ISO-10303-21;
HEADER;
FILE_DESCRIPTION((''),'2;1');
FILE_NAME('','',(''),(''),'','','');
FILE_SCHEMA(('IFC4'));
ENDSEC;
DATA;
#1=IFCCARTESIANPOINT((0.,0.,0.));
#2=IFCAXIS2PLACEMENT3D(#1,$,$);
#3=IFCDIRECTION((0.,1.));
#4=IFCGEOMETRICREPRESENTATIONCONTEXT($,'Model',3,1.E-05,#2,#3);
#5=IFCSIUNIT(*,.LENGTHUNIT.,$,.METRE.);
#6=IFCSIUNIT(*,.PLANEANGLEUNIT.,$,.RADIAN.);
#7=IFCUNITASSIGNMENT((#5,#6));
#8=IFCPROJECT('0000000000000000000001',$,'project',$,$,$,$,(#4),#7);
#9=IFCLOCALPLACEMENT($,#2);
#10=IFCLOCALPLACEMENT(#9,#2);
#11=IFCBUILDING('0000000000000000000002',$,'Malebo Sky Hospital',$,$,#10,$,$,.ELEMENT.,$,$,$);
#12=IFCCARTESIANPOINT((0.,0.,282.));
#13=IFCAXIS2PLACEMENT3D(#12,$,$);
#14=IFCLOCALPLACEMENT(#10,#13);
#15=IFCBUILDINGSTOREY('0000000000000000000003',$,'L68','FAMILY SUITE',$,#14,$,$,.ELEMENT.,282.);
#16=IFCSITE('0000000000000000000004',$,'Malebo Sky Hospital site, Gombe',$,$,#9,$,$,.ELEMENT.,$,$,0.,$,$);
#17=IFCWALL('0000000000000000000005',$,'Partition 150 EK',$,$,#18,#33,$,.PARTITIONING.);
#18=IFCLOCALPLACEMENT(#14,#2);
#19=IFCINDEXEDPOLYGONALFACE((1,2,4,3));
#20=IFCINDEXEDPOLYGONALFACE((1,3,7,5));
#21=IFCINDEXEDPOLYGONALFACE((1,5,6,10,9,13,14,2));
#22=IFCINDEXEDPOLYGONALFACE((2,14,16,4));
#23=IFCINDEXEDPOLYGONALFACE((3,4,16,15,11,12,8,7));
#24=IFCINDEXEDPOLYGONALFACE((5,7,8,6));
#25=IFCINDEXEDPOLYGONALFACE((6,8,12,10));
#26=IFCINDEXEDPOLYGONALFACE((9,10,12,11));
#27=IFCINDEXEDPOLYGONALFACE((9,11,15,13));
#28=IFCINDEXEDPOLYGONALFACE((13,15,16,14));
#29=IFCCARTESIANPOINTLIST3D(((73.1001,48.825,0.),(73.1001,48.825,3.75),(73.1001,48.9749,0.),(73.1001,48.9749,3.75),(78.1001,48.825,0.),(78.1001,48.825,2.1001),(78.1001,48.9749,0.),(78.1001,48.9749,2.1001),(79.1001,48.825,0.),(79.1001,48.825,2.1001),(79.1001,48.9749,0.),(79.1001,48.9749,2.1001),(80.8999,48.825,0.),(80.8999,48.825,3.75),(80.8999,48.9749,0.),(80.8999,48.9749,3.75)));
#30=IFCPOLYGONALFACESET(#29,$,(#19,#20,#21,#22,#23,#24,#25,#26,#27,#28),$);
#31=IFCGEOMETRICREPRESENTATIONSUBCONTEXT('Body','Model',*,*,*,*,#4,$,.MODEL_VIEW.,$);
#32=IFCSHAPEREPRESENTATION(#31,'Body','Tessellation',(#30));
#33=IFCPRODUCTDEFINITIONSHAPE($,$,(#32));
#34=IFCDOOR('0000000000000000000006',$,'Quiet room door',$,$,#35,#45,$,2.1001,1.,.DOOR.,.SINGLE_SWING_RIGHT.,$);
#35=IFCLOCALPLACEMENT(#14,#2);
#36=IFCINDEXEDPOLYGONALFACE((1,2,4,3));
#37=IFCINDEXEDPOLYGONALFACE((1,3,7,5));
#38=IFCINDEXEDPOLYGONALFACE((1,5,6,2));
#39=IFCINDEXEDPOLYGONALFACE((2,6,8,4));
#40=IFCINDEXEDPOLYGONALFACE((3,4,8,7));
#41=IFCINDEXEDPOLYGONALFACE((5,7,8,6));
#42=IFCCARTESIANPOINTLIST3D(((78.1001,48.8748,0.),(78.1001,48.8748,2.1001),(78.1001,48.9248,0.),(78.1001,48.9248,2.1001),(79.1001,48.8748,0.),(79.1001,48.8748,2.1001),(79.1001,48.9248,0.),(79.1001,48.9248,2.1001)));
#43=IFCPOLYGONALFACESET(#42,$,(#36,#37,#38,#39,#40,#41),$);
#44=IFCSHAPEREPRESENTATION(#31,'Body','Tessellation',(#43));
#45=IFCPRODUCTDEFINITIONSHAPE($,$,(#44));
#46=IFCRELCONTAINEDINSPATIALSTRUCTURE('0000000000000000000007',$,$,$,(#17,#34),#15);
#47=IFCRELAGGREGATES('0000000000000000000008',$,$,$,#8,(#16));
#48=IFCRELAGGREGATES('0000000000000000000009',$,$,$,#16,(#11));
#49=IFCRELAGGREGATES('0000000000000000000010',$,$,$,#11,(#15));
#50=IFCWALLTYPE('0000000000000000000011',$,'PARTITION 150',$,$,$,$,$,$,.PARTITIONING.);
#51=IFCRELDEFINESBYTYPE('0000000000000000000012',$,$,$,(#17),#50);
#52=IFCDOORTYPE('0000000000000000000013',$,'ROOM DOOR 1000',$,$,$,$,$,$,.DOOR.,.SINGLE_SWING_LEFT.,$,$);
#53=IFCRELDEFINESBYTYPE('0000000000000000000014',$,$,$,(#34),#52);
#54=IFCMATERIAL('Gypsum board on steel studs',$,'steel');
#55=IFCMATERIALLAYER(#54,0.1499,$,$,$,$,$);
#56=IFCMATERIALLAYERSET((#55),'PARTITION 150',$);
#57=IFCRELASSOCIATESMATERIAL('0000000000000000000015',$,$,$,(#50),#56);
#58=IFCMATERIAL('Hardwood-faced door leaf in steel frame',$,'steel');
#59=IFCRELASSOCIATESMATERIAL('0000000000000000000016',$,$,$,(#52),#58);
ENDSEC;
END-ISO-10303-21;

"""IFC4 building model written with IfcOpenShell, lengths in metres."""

from ifc_helpers import new_model, si_unit, direction, frame, frame_2d, origin, place, context, subcontext, project, spatial, rectangle, extrude, material, layer, layer_set, type_object, element, fill, save


model = new_model("IFC4")

# Units and contexts
model_context = context("Model", 3, precision=1e-05, world=origin(), true_north=direction((0.0, 1.0)))
body_context = subcontext(model_context, "Body", "Model", "MODEL_VIEW")
ifc_project = project(units=[si_unit("LENGTHUNIT", "METRE"), si_unit("PLANEANGLEUNIT", "RADIAN")], contexts=[model_context])

# Site, building, storey
site_placement = place(None, origin())
site = spatial("IfcSite", under=ifc_project, at=site_placement, Name="Malebo Sky Hospital site, Gombe", CompositionType="ELEMENT", RefElevation=0.0)
building_placement = place(site_placement, origin())
building = spatial("IfcBuilding", under=site, at=building_placement, Name="Malebo Sky Hospital", CompositionType="ELEMENT")
storey_placement = place(building_placement, frame((0.0, 0.0, 282.0)))
storey = spatial("IfcBuildingStorey", under=building, at=storey_placement, Name="L68", Description="FAMILY SUITE", CompositionType="ELEMENT", Elevation=282.0)

# Shared definitions
ifc_material_1 = material(Name="Gypsum board on steel studs", Category="steel")
ifc_layer_1 = layer(ifc_material_1, 0.1499)
ifc_layer_set_1 = layer_set([ifc_layer_1], Name="PARTITION 150")
wall_type = type_object("IfcWallType", Name="PARTITION 150", PredefinedType="PARTITIONING", material=ifc_layer_set_1)

# Wall, opening, door
wall_1_placement = place(storey_placement, frame((73.1001, 48.8999, 0.0), z_axis=(0.0, 0.0, 1.0), x_axis=(1.0, 0.0, 0.0)))
wall_1 = element("IfcWall", 1, at=wall_1_placement, inside=storey, type_object=wall_type, Name="Partition 150 EK", PredefinedType="PARTITIONING", context=body_context, shape_type="SweptSolid", body=[
    extrude(rectangle(XDim=7.7998, YDim=0.1499, at=frame_2d((3.8999, 0.0))), origin(), (0.0, 0.0, 1.0), 3.75),
])
opening_placement = place(wall_1_placement, frame((5.0, 0.0, 0.0)))
opening = element("IfcOpeningElement", 2, at=opening_placement, cuts=wall_1, PredefinedType="OPENING", context=body_context, shape_type="SweptSolid", body=[
    extrude(rectangle(XDim=1.0, YDim=2.1001, at=frame_2d((0.5, 1.05))), frame((0.0, 0.085, 0.0), z_axis=(0.0, -1.0, 0.0), x_axis=(1.0, 0.0, 0.0)), (0.0, 0.0, 1.0), 0.1699),
])
ifc_material_2 = material(Name="Hardwood-faced door leaf in steel frame", Category="steel")
door_type = type_object("IfcDoorType", Name="ROOM DOOR 1000", OperationType="SINGLE_SWING_LEFT", PredefinedType="DOOR", material=ifc_material_2)
door_placement = place(opening_placement, origin())
door = element("IfcDoor", 3, at=door_placement, inside=storey, type_object=door_type, Name="Quiet room door", OperationType="SINGLE_SWING_RIGHT", OverallHeight=2.1001, OverallWidth=1.0, PredefinedType="DOOR", context=body_context, shape_type="SweptSolid", body=[
    extrude(rectangle(XDim=1.0, YDim=2.1001, at=frame_2d((0.5, 1.05))), frame((0.0, 0.0249, 0.0), z_axis=(0.0, -1.0, 0.0), x_axis=(1.0, 0.0, 0.0)), (0.0, 0.0, 1.0), 0.05),
])
fill(opening, door)

save(model, "model.ifc")
